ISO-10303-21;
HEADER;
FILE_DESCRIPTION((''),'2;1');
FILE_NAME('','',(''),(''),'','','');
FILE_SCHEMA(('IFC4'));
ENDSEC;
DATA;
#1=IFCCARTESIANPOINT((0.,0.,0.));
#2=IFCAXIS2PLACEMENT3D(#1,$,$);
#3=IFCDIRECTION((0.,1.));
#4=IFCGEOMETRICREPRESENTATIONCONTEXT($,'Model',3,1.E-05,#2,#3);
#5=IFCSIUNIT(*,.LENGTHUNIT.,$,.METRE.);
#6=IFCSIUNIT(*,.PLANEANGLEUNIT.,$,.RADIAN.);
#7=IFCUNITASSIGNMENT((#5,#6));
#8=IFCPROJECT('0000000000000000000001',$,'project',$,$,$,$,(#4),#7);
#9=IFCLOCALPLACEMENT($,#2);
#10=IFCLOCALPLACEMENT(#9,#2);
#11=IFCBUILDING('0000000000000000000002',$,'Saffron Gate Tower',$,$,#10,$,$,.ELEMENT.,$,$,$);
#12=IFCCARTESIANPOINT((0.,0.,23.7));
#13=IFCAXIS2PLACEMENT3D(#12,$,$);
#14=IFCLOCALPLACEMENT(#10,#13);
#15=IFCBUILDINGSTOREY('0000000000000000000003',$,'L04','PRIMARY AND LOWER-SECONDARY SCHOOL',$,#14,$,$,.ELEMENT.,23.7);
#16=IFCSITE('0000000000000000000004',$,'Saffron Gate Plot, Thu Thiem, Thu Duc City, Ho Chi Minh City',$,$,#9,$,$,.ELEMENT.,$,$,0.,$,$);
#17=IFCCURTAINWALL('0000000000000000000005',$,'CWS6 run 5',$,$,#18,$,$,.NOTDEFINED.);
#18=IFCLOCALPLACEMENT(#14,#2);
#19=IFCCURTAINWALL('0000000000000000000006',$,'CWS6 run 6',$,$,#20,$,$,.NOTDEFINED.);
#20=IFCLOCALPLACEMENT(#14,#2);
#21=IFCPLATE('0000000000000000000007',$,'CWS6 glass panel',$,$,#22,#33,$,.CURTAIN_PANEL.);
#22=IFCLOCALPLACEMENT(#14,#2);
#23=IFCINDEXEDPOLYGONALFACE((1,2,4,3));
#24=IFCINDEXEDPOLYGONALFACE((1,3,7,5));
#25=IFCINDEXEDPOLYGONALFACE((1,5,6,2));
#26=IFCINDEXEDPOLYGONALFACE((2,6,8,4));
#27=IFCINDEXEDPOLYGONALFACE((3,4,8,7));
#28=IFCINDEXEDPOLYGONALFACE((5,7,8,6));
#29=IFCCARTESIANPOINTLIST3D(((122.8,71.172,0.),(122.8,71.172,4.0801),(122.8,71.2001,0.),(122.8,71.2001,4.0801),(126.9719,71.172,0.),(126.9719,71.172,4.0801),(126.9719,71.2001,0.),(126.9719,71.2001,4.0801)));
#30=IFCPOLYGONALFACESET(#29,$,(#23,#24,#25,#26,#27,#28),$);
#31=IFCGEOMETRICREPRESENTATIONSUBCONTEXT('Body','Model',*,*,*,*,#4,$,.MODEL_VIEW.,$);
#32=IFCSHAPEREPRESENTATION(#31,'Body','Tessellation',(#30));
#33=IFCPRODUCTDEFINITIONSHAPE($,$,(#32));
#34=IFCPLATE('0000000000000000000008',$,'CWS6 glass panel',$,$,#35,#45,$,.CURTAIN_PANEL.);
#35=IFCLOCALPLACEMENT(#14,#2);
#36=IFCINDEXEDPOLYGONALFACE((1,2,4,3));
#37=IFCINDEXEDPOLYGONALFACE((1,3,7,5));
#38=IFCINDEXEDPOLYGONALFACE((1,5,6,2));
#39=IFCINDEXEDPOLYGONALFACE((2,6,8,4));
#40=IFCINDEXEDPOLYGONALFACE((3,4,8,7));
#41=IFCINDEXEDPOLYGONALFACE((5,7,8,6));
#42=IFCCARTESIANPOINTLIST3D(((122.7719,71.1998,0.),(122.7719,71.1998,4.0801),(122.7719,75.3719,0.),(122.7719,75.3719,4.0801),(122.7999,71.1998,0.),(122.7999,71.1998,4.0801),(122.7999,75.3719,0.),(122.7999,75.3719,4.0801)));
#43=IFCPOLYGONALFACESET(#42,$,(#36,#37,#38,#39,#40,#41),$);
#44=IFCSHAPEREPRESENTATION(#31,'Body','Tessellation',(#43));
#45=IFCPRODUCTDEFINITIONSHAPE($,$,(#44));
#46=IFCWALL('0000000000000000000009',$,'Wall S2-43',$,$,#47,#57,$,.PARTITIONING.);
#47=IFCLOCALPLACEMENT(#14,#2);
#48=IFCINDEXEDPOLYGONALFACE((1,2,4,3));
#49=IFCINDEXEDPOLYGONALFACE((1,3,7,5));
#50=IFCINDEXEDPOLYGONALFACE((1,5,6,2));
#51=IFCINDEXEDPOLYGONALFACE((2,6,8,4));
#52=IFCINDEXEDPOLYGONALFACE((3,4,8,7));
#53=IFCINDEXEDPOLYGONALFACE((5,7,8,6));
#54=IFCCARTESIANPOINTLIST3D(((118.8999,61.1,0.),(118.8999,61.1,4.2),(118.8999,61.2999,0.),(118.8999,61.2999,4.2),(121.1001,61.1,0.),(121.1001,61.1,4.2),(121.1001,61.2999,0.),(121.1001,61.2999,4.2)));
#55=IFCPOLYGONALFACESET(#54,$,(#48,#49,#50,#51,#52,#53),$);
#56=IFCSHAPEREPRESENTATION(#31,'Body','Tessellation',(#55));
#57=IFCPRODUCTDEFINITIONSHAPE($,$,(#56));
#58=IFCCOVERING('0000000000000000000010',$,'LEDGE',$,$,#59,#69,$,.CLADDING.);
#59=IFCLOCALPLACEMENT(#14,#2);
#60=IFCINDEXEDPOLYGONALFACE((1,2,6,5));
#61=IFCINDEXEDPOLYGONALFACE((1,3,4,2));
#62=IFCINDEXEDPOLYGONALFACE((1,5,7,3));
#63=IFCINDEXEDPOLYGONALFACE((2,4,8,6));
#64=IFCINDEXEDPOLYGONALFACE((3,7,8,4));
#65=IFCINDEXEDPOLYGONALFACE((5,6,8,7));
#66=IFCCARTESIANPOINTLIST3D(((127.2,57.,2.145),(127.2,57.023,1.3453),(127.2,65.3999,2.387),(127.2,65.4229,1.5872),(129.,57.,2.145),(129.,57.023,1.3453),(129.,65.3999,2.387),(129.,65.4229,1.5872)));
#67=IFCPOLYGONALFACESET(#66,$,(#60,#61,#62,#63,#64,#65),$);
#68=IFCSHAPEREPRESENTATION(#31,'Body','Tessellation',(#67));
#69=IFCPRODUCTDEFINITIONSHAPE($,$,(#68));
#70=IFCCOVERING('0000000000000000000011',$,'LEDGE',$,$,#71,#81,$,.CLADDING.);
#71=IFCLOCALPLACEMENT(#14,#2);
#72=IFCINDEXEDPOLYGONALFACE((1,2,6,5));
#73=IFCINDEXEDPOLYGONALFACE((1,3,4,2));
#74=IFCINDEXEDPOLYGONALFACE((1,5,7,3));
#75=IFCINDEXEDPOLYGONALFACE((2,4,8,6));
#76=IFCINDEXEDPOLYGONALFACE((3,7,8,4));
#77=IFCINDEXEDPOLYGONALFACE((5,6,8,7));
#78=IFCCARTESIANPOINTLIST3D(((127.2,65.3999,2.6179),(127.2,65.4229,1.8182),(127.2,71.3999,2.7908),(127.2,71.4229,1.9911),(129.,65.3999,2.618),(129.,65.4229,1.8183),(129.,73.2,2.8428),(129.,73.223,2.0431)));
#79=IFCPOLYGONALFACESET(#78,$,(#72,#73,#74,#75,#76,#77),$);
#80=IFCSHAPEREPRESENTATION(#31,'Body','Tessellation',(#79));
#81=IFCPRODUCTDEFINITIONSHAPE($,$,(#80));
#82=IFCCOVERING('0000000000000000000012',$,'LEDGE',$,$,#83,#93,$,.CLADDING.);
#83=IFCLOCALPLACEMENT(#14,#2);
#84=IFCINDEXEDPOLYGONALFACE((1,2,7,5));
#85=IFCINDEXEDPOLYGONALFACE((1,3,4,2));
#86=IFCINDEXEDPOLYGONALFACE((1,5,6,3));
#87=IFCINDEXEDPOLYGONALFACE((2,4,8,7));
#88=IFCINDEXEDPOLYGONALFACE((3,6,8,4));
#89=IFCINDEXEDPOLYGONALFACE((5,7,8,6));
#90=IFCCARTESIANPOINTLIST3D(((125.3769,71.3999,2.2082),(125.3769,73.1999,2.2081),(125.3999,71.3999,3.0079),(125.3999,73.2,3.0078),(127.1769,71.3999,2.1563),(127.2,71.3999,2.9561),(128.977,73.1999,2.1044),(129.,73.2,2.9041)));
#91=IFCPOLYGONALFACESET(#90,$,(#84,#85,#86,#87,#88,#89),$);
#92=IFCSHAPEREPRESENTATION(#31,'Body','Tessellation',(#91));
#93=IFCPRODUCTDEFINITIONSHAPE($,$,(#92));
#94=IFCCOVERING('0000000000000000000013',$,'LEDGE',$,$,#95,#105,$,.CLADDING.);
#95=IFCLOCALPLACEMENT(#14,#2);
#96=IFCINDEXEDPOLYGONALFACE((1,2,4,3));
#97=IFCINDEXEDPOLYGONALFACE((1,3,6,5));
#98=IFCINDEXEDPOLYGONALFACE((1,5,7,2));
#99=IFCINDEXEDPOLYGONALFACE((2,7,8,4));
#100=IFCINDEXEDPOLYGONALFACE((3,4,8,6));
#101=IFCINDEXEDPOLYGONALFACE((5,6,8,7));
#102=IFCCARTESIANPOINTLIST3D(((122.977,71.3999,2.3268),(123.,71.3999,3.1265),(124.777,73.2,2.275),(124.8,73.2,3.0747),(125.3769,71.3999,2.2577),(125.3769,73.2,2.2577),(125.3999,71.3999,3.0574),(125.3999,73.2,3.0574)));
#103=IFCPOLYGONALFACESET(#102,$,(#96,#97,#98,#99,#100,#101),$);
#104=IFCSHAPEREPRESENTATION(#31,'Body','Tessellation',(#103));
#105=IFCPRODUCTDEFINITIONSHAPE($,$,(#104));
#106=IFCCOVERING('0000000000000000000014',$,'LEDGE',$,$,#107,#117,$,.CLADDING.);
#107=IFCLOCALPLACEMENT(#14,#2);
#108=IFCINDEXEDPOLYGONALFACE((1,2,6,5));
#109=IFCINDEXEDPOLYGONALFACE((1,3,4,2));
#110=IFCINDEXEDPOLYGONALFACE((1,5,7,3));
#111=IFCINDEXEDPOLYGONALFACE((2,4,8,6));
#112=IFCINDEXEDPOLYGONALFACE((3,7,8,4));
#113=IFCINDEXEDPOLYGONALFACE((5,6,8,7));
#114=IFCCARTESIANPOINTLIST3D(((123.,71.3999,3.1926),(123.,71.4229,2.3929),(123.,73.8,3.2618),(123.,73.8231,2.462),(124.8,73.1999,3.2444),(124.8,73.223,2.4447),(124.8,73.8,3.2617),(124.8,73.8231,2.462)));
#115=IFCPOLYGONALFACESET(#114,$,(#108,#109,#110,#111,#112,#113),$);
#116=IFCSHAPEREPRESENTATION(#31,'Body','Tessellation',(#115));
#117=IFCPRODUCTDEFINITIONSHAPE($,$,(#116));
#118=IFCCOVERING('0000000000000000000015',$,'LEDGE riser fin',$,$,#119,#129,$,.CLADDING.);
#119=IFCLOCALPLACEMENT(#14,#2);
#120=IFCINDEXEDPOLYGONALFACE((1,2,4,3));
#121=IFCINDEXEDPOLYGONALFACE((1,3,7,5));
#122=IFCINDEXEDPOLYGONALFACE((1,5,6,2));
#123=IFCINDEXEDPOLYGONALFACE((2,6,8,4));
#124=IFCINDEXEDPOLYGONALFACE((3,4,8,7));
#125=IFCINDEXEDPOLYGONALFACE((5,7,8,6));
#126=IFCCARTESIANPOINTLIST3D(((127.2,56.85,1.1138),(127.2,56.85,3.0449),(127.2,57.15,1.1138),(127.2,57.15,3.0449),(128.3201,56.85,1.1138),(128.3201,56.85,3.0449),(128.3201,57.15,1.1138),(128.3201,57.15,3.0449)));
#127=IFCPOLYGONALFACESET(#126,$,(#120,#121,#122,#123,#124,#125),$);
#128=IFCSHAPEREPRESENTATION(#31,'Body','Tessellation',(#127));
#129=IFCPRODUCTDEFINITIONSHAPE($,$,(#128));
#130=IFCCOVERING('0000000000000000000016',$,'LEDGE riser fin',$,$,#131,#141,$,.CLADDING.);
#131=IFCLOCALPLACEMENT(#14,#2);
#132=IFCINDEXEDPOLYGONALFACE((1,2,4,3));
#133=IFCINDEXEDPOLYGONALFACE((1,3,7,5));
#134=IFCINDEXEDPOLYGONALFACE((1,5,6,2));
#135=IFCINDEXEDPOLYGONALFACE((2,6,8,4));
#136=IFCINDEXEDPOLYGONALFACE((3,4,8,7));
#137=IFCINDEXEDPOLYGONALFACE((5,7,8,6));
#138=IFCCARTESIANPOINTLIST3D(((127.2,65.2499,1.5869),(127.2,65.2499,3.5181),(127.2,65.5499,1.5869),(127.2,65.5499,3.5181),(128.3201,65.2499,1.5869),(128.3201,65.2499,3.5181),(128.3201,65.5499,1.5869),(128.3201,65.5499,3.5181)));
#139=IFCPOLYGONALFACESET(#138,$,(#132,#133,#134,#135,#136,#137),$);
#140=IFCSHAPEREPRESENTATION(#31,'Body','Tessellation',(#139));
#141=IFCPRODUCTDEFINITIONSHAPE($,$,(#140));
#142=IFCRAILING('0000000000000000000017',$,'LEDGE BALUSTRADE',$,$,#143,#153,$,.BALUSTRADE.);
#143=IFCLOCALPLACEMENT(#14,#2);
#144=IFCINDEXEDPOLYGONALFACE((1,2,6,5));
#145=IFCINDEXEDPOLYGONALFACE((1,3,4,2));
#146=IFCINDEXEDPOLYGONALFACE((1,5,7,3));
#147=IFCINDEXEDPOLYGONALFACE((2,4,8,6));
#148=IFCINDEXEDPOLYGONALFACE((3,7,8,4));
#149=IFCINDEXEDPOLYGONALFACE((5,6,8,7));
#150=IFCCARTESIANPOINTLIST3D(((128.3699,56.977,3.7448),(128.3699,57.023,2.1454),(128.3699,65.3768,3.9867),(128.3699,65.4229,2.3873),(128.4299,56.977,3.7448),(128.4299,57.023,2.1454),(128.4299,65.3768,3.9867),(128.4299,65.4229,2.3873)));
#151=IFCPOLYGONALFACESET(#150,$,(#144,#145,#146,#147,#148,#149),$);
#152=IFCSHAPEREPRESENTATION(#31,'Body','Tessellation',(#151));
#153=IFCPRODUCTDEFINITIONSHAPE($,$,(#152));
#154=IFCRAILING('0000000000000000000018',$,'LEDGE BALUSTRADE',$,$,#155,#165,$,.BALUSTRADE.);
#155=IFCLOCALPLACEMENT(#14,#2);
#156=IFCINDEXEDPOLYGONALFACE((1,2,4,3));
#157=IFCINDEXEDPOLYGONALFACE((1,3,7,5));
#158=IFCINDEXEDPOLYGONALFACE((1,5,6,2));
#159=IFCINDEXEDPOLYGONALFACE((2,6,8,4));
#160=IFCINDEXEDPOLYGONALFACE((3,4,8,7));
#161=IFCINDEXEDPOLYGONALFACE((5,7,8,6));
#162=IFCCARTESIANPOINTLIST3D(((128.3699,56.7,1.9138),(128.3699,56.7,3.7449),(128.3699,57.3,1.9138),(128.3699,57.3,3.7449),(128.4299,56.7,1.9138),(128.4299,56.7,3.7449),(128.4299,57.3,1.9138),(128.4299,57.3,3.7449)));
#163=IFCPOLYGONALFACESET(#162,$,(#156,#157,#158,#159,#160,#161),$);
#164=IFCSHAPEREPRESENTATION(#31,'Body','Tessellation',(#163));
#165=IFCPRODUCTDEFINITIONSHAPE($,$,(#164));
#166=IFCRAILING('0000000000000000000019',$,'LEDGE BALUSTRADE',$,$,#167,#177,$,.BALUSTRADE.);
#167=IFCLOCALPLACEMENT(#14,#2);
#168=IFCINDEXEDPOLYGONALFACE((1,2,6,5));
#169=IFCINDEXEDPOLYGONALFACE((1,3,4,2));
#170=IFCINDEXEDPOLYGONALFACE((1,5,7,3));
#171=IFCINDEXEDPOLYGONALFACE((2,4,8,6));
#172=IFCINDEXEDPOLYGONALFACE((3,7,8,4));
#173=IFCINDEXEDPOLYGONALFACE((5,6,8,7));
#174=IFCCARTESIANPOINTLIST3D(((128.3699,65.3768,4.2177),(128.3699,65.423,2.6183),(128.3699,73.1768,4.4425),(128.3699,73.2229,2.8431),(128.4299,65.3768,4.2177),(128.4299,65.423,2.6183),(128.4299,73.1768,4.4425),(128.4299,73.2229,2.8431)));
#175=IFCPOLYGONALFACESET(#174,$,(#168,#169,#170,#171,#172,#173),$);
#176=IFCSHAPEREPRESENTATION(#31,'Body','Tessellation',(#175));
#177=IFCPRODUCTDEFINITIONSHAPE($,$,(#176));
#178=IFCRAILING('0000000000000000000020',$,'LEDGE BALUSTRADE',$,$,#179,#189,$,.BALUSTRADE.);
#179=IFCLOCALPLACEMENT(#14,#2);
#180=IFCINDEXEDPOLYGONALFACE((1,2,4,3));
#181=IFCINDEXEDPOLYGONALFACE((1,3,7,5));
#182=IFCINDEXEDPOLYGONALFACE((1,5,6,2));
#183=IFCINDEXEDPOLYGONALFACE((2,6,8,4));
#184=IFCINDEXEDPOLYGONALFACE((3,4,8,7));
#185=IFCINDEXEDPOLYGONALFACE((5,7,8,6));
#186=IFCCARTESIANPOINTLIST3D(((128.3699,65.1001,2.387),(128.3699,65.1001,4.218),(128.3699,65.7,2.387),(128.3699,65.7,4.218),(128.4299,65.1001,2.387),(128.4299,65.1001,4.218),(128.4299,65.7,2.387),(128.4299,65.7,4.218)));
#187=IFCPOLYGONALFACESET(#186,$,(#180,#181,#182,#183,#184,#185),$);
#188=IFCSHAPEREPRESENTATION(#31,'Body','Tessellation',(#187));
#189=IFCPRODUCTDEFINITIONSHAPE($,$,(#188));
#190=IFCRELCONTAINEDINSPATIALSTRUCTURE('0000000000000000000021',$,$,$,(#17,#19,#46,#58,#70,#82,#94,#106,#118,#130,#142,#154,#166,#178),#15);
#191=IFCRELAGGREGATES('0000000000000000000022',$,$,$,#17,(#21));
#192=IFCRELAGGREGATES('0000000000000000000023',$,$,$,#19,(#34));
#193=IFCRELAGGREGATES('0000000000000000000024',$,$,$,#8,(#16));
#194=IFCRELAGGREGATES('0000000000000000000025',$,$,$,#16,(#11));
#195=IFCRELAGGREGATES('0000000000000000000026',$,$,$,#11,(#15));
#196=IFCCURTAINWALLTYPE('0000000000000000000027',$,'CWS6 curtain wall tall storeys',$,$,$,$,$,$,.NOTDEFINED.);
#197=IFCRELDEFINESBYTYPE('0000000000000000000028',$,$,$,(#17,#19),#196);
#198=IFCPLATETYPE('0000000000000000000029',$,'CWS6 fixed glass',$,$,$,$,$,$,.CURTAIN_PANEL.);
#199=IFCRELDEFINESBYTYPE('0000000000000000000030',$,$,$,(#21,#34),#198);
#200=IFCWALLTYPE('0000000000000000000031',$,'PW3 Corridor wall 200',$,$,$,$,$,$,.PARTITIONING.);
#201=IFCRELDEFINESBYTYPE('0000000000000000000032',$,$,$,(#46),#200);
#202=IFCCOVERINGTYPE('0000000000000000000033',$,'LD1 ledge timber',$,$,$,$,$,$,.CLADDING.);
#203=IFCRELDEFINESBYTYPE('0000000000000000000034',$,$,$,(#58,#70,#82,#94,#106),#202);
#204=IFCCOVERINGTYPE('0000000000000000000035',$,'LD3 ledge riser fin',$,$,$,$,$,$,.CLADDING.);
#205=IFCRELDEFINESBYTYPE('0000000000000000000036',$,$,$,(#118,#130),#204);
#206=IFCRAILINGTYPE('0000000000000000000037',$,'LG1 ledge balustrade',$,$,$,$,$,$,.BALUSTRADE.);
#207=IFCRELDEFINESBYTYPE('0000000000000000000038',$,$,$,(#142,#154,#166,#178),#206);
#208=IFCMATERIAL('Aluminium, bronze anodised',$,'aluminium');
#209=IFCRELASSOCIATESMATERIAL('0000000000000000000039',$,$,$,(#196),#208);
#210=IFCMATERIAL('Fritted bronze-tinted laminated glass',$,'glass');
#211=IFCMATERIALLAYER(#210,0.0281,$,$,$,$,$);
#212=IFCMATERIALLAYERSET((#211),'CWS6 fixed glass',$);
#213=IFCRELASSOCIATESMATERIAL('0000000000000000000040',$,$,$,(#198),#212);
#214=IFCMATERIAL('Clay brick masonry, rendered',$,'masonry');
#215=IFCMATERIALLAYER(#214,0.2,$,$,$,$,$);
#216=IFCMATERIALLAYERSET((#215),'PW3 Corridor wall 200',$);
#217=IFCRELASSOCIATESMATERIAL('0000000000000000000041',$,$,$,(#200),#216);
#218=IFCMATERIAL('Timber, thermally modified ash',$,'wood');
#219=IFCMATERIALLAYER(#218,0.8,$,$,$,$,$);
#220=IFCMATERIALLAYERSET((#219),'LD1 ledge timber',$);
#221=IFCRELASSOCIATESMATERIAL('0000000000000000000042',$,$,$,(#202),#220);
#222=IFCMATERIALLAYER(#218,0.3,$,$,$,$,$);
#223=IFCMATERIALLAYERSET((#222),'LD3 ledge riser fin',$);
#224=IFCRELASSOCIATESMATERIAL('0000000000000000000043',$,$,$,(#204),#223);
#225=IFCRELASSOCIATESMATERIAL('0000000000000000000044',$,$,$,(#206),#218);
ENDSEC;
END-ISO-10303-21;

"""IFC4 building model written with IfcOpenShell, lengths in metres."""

from ifc_helpers import new_model, si_unit, direction, frame, frame_2d, origin, origin_2d, place, context, subcontext, project, spatial, polyline, rectangle, outline, extrude, material, layer, layer_set, type_object, element, aggregate, save


model = new_model("IFC4")

# Units and contexts
model_context = context("Model", 3, precision=1e-05, world=origin(), true_north=direction((0.0, 1.0)))
body_context = subcontext(model_context, "Body", "Model", "MODEL_VIEW")
ifc_project = project(units=[si_unit("LENGTHUNIT", "METRE"), si_unit("PLANEANGLEUNIT", "RADIAN")], contexts=[model_context])

# Site, building, storey
site_placement = place(None, origin())
site = spatial("IfcSite", under=ifc_project, at=site_placement, Name="Saffron Gate Plot, Thu Thiem, Thu Duc City, Ho Chi Minh City", CompositionType="ELEMENT", RefElevation=0.0)
building_placement = place(site_placement, origin())
building = spatial("IfcBuilding", under=site, at=building_placement, Name="Saffron Gate Tower", CompositionType="ELEMENT")
storey_placement = place(building_placement, frame((0.0, 0.0, 23.7)))
storey = spatial("IfcBuildingStorey", under=building, at=storey_placement, Name="L04", Description="PRIMARY AND LOWER-SECONDARY SCHOOL", CompositionType="ELEMENT", Elevation=23.7)

# Curtain walls
ifc_material_1 = material(Name="Aluminium, bronze anodised", Category="aluminium")
curtain_wall_type = type_object("IfcCurtainWallType", Name="CWS6 curtain wall tall storeys", PredefinedType="NOTDEFINED", material=ifc_material_1)
curtain_wall_1_placement = place(storey_placement, origin())
curtain_wall_1 = element("IfcCurtainWall", 1, at=curtain_wall_1_placement, inside=storey, type_object=curtain_wall_type, Name="CWS6 run 5", PredefinedType="NOTDEFINED")
curtain_wall_2_placement = place(storey_placement, origin())
curtain_wall_2 = element("IfcCurtainWall", 2, at=curtain_wall_2_placement, inside=storey, type_object=curtain_wall_type, Name="CWS6 run 6", PredefinedType="NOTDEFINED")

# Plates
ifc_material_2 = material(Name="Fritted bronze-tinted laminated glass", Category="glass")
ifc_layer_1 = layer(ifc_material_2, 0.0281)
ifc_layer_set_1 = layer_set([ifc_layer_1], Name="CWS6 fixed glass")
plate_type = type_object("IfcPlateType", Name="CWS6 fixed glass", PredefinedType="CURTAIN_PANEL", material=ifc_layer_set_1)
plate_1_placement = place(storey_placement, frame((126.9719, 71.186, 0.0), z_axis=(0.0, 0.0, 1.0), x_axis=(-1.0, 0.0, 0.0)))
plate_1 = element("IfcPlate", 3, at=plate_1_placement, type_object=plate_type, Name="CWS6 glass panel", PredefinedType="CURTAIN_PANEL", context=body_context, shape_type="SweptSolid", body=[
    extrude(rectangle(XDim=4.1719, YDim=0.0281, at=frame_2d((2.0859, 0.0))), origin(), (0.0, 0.0, 1.0), 4.0801),
])
aggregate(curtain_wall_1, [plate_1])
plate_2_placement = place(storey_placement, frame((122.7859, 71.2, 0.0), z_axis=(0.0, 0.0, 1.0), x_axis=(0.0, 1.0, 0.0)))
plate_2 = element("IfcPlate", 4, at=plate_2_placement, type_object=plate_type, Name="CWS6 glass panel", PredefinedType="CURTAIN_PANEL", context=body_context, shape_type="SweptSolid", body=[
    extrude(rectangle(XDim=4.1721, YDim=0.0281, at=frame_2d((2.0859, 0.0))), origin(), (0.0, 0.0, 1.0), 4.0801),
])
aggregate(curtain_wall_2, [plate_2])

# Wall
ifc_material_3 = material(Name="Clay brick masonry, rendered", Category="masonry")
ifc_layer_2 = layer(ifc_material_3, 0.2)
ifc_layer_set_2 = layer_set([ifc_layer_2], Name="PW3 Corridor wall 200")
wall_type_1 = type_object("IfcWallType", Name="PW3 Corridor wall 200", PredefinedType="PARTITIONING", material=ifc_layer_set_2)
wall_1_placement = place(storey_placement, frame((118.8999, 61.2, 0.0), z_axis=(0.0, 0.0, 1.0), x_axis=(1.0, 0.0, 0.0)))
element("IfcWall", 5, at=wall_1_placement, inside=storey, type_object=wall_type_1, Name="Wall S2-43", PredefinedType="PARTITIONING", context=body_context, shape_type="SweptSolid", body=[
    extrude(rectangle(XDim=2.2002, YDim=0.2, at=frame_2d((1.1001, 0.0))), origin(), (0.0, 0.0, 1.0), 4.2),
])

# Coverings
ifc_material_4 = material(Name="Timber, thermally modified ash", Category="wood")
ifc_layer_3 = layer(ifc_material_4, 0.8)
ifc_layer_set_3 = layer_set([ifc_layer_3], Name="LD1 ledge timber")
covering_type_1 = type_object("IfcCoveringType", Name="LD1 ledge timber", PredefinedType="CLADDING", material=ifc_layer_set_3)
covering_1_placement = place(storey_placement, frame((127.2, 57.0, 2.145), z_axis=(0.0, -0.028791, 0.999585), x_axis=(0.0, 0.999585, 0.028791)))
element("IfcCovering", 6, at=covering_1_placement, inside=storey, type_object=covering_type_1, Name="LEDGE", PredefinedType="CLADDING", context=body_context, shape_type="SweptSolid", body=[
    extrude(outline(polyline([(0.0, 0.0), (8.4034, 0.0), (8.4034, -1.8), (0.0, -1.8), (0.0, 0.0)])), origin(), (0.0, 0.0, -1.0), 0.8),
])
covering_2_placement = place(storey_placement, frame((127.2, 65.3999, 2.6179), z_axis=(-0.000035, -0.028807, 0.999585), x_axis=(0.0, 0.999585, 0.028807)))
element("IfcCovering", 7, at=covering_2_placement, inside=storey, type_object=covering_type_1, Name="LEDGE", PredefinedType="CLADDING", context=body_context, shape_type="SweptSolid", body=[
    extrude(outline(polyline([(0.0, 0.0), (6.0025, 0.0), (7.8033, -1.8), (0.0, -1.8), (0.0, 0.0)])), origin(), (0.0, 0.0, -1.0), 0.8),
])
covering_3_placement = place(storey_placement, frame((127.2, 71.3999, 2.9561), z_axis=(0.028787, 0.000045, 0.999586), x_axis=(-0.999586, 0.0, 0.028787)))
element("IfcCovering", 8, at=covering_3_placement, inside=storey, type_object=covering_type_1, Name="LEDGE", PredefinedType="CLADDING", context=body_context, shape_type="SweptSolid", body=[
    extrude(outline(polyline([(0.0, 0.0), (1.8008, 0.0), (1.8008, -1.8), (-1.8008, -1.8), (0.0, 0.0)])), origin(), (0.0, 0.0, -1.0), 0.8),
])
covering_4_placement = place(storey_placement, frame((125.3999, 71.3999, 3.0574), z_axis=(0.028799, -0.000029, 0.999585), x_axis=(-0.999585, 0.0, 0.028799)))
element("IfcCovering", 9, at=covering_4_placement, inside=storey, type_object=covering_type_1, Name="LEDGE", PredefinedType="CLADDING", context=body_context, shape_type="SweptSolid", body=[
    extrude(outline(polyline([(0.0, 0.0), (2.4009, 0.0), (0.6001, -1.8), (0.0, -1.8), (0.0, 0.0)])), origin(), (0.0, 0.0, -1.0), 0.8),
])
covering_5_placement = place(storey_placement, frame((123.0, 71.3999, 3.1926), z_axis=(0.000026, -0.028794, 0.999585), x_axis=(0.0, 0.999585, 0.028794)))
element("IfcCovering", 10, at=covering_5_placement, inside=storey, type_object=covering_type_1, Name="LEDGE", PredefinedType="CLADDING", context=body_context, shape_type="SweptSolid", body=[
    extrude(outline(polyline([(0.0, 0.0), (2.4011, 0.0), (2.4011, -1.8), (1.8008, -1.8), (0.0, 0.0)])), origin(), (0.0, 0.0, -1.0), 0.8),
])
ifc_layer_4 = layer(ifc_material_4, 0.3)
ifc_layer_set_4 = layer_set([ifc_layer_4], Name="LD3 ledge riser fin")
covering_type_2 = type_object("IfcCoveringType", Name="LD3 ledge riser fin", PredefinedType="CLADDING", material=ifc_layer_set_4)
for number, where, z_axis, x_axis, name in (
    (11, (127.76, 57.0, 1.1138), (0.0, 0.0, 1.0), (0.0, 1.0, 0.0), "LEDGE riser fin"),
    (12, (127.76, 65.3999, 1.5869), (0.0, 0.0, 1.0), (0.0, 1.0, 0.0), "LEDGE riser fin"),
):
    element("IfcCovering", number, at=place(storey_placement, frame(where, z_axis=z_axis, x_axis=x_axis)), inside=storey, type_object=covering_type_2, Name=name, PredefinedType="CLADDING", context=body_context, shape_type="SweptSolid", body=[
        extrude(rectangle(XDim=0.3, YDim=1.1201, at=origin_2d()), origin(), (0.0, 0.0, 1.0), 1.9312),
    ])

# Railings
railing_type = type_object("IfcRailingType", Name="LG1 ledge balustrade", PredefinedType="BALUSTRADE", material=ifc_material_4)
railing_1_placement = place(storey_placement, frame((128.3999, 57.0, 2.145)))
element("IfcRailing", 13, at=railing_1_placement, inside=storey, type_object=railing_type, Name="LEDGE BALUSTRADE", PredefinedType="BALUSTRADE", context=body_context, shape_type="SweptSolid", body=[
    extrude(rectangle(XDim=0.0601, YDim=1.6001, at=origin_2d()), frame((0.0, 0.0, 0.8), z_axis=(0.0, 0.999585, 0.028791), x_axis=(-1.0, 0.0, 0.0)), (0.0, 0.0, 1.0), 8.4033),
])
railing_2_placement = place(storey_placement, frame((128.3999, 56.7, 1.9138)))
element("IfcRailing", 14, at=railing_2_placement, inside=storey, type_object=railing_type, Name="LEDGE BALUSTRADE", PredefinedType="BALUSTRADE", context=body_context, shape_type="SweptSolid", body=[
    extrude(rectangle(XDim=0.0601, YDim=1.8311, at=origin_2d()), frame((0.0, 0.0, 0.9155), z_axis=(0.0, 1.0, 0.0), x_axis=(-1.0, 0.0, 0.0)), (0.0, 0.0, 1.0), 0.6001),
])
railing_3_placement = place(storey_placement, frame((128.3999, 65.3999, 2.6179)))
element("IfcRailing", 15, at=railing_3_placement, inside=storey, type_object=railing_type, Name="LEDGE BALUSTRADE", PredefinedType="BALUSTRADE", context=body_context, shape_type="SweptSolid", body=[
    extrude(rectangle(XDim=0.0601, YDim=1.6001, at=origin_2d()), frame((0.0, 0.0, 0.8), z_axis=(0.0, 0.999585, 0.028815), x_axis=(-1.0, 0.0, 0.0)), (0.0, 0.0, 1.0), 7.8032),
])
railing_4_placement = place(storey_placement, frame((128.3999, 65.1001, 2.387)))
element("IfcRailing", 16, at=railing_4_placement, inside=storey, type_object=railing_type, Name="LEDGE BALUSTRADE", PredefinedType="BALUSTRADE", context=body_context, shape_type="SweptSolid", body=[
    extrude(rectangle(XDim=0.0601, YDim=1.8311, at=origin_2d()), frame((0.0, 0.0, 0.9155), z_axis=(0.0, 1.0, 0.0), x_axis=(-1.0, 0.0, 0.0)), (0.0, 0.0, 1.0), 0.5999),
])

save(model, "model.ifc")
